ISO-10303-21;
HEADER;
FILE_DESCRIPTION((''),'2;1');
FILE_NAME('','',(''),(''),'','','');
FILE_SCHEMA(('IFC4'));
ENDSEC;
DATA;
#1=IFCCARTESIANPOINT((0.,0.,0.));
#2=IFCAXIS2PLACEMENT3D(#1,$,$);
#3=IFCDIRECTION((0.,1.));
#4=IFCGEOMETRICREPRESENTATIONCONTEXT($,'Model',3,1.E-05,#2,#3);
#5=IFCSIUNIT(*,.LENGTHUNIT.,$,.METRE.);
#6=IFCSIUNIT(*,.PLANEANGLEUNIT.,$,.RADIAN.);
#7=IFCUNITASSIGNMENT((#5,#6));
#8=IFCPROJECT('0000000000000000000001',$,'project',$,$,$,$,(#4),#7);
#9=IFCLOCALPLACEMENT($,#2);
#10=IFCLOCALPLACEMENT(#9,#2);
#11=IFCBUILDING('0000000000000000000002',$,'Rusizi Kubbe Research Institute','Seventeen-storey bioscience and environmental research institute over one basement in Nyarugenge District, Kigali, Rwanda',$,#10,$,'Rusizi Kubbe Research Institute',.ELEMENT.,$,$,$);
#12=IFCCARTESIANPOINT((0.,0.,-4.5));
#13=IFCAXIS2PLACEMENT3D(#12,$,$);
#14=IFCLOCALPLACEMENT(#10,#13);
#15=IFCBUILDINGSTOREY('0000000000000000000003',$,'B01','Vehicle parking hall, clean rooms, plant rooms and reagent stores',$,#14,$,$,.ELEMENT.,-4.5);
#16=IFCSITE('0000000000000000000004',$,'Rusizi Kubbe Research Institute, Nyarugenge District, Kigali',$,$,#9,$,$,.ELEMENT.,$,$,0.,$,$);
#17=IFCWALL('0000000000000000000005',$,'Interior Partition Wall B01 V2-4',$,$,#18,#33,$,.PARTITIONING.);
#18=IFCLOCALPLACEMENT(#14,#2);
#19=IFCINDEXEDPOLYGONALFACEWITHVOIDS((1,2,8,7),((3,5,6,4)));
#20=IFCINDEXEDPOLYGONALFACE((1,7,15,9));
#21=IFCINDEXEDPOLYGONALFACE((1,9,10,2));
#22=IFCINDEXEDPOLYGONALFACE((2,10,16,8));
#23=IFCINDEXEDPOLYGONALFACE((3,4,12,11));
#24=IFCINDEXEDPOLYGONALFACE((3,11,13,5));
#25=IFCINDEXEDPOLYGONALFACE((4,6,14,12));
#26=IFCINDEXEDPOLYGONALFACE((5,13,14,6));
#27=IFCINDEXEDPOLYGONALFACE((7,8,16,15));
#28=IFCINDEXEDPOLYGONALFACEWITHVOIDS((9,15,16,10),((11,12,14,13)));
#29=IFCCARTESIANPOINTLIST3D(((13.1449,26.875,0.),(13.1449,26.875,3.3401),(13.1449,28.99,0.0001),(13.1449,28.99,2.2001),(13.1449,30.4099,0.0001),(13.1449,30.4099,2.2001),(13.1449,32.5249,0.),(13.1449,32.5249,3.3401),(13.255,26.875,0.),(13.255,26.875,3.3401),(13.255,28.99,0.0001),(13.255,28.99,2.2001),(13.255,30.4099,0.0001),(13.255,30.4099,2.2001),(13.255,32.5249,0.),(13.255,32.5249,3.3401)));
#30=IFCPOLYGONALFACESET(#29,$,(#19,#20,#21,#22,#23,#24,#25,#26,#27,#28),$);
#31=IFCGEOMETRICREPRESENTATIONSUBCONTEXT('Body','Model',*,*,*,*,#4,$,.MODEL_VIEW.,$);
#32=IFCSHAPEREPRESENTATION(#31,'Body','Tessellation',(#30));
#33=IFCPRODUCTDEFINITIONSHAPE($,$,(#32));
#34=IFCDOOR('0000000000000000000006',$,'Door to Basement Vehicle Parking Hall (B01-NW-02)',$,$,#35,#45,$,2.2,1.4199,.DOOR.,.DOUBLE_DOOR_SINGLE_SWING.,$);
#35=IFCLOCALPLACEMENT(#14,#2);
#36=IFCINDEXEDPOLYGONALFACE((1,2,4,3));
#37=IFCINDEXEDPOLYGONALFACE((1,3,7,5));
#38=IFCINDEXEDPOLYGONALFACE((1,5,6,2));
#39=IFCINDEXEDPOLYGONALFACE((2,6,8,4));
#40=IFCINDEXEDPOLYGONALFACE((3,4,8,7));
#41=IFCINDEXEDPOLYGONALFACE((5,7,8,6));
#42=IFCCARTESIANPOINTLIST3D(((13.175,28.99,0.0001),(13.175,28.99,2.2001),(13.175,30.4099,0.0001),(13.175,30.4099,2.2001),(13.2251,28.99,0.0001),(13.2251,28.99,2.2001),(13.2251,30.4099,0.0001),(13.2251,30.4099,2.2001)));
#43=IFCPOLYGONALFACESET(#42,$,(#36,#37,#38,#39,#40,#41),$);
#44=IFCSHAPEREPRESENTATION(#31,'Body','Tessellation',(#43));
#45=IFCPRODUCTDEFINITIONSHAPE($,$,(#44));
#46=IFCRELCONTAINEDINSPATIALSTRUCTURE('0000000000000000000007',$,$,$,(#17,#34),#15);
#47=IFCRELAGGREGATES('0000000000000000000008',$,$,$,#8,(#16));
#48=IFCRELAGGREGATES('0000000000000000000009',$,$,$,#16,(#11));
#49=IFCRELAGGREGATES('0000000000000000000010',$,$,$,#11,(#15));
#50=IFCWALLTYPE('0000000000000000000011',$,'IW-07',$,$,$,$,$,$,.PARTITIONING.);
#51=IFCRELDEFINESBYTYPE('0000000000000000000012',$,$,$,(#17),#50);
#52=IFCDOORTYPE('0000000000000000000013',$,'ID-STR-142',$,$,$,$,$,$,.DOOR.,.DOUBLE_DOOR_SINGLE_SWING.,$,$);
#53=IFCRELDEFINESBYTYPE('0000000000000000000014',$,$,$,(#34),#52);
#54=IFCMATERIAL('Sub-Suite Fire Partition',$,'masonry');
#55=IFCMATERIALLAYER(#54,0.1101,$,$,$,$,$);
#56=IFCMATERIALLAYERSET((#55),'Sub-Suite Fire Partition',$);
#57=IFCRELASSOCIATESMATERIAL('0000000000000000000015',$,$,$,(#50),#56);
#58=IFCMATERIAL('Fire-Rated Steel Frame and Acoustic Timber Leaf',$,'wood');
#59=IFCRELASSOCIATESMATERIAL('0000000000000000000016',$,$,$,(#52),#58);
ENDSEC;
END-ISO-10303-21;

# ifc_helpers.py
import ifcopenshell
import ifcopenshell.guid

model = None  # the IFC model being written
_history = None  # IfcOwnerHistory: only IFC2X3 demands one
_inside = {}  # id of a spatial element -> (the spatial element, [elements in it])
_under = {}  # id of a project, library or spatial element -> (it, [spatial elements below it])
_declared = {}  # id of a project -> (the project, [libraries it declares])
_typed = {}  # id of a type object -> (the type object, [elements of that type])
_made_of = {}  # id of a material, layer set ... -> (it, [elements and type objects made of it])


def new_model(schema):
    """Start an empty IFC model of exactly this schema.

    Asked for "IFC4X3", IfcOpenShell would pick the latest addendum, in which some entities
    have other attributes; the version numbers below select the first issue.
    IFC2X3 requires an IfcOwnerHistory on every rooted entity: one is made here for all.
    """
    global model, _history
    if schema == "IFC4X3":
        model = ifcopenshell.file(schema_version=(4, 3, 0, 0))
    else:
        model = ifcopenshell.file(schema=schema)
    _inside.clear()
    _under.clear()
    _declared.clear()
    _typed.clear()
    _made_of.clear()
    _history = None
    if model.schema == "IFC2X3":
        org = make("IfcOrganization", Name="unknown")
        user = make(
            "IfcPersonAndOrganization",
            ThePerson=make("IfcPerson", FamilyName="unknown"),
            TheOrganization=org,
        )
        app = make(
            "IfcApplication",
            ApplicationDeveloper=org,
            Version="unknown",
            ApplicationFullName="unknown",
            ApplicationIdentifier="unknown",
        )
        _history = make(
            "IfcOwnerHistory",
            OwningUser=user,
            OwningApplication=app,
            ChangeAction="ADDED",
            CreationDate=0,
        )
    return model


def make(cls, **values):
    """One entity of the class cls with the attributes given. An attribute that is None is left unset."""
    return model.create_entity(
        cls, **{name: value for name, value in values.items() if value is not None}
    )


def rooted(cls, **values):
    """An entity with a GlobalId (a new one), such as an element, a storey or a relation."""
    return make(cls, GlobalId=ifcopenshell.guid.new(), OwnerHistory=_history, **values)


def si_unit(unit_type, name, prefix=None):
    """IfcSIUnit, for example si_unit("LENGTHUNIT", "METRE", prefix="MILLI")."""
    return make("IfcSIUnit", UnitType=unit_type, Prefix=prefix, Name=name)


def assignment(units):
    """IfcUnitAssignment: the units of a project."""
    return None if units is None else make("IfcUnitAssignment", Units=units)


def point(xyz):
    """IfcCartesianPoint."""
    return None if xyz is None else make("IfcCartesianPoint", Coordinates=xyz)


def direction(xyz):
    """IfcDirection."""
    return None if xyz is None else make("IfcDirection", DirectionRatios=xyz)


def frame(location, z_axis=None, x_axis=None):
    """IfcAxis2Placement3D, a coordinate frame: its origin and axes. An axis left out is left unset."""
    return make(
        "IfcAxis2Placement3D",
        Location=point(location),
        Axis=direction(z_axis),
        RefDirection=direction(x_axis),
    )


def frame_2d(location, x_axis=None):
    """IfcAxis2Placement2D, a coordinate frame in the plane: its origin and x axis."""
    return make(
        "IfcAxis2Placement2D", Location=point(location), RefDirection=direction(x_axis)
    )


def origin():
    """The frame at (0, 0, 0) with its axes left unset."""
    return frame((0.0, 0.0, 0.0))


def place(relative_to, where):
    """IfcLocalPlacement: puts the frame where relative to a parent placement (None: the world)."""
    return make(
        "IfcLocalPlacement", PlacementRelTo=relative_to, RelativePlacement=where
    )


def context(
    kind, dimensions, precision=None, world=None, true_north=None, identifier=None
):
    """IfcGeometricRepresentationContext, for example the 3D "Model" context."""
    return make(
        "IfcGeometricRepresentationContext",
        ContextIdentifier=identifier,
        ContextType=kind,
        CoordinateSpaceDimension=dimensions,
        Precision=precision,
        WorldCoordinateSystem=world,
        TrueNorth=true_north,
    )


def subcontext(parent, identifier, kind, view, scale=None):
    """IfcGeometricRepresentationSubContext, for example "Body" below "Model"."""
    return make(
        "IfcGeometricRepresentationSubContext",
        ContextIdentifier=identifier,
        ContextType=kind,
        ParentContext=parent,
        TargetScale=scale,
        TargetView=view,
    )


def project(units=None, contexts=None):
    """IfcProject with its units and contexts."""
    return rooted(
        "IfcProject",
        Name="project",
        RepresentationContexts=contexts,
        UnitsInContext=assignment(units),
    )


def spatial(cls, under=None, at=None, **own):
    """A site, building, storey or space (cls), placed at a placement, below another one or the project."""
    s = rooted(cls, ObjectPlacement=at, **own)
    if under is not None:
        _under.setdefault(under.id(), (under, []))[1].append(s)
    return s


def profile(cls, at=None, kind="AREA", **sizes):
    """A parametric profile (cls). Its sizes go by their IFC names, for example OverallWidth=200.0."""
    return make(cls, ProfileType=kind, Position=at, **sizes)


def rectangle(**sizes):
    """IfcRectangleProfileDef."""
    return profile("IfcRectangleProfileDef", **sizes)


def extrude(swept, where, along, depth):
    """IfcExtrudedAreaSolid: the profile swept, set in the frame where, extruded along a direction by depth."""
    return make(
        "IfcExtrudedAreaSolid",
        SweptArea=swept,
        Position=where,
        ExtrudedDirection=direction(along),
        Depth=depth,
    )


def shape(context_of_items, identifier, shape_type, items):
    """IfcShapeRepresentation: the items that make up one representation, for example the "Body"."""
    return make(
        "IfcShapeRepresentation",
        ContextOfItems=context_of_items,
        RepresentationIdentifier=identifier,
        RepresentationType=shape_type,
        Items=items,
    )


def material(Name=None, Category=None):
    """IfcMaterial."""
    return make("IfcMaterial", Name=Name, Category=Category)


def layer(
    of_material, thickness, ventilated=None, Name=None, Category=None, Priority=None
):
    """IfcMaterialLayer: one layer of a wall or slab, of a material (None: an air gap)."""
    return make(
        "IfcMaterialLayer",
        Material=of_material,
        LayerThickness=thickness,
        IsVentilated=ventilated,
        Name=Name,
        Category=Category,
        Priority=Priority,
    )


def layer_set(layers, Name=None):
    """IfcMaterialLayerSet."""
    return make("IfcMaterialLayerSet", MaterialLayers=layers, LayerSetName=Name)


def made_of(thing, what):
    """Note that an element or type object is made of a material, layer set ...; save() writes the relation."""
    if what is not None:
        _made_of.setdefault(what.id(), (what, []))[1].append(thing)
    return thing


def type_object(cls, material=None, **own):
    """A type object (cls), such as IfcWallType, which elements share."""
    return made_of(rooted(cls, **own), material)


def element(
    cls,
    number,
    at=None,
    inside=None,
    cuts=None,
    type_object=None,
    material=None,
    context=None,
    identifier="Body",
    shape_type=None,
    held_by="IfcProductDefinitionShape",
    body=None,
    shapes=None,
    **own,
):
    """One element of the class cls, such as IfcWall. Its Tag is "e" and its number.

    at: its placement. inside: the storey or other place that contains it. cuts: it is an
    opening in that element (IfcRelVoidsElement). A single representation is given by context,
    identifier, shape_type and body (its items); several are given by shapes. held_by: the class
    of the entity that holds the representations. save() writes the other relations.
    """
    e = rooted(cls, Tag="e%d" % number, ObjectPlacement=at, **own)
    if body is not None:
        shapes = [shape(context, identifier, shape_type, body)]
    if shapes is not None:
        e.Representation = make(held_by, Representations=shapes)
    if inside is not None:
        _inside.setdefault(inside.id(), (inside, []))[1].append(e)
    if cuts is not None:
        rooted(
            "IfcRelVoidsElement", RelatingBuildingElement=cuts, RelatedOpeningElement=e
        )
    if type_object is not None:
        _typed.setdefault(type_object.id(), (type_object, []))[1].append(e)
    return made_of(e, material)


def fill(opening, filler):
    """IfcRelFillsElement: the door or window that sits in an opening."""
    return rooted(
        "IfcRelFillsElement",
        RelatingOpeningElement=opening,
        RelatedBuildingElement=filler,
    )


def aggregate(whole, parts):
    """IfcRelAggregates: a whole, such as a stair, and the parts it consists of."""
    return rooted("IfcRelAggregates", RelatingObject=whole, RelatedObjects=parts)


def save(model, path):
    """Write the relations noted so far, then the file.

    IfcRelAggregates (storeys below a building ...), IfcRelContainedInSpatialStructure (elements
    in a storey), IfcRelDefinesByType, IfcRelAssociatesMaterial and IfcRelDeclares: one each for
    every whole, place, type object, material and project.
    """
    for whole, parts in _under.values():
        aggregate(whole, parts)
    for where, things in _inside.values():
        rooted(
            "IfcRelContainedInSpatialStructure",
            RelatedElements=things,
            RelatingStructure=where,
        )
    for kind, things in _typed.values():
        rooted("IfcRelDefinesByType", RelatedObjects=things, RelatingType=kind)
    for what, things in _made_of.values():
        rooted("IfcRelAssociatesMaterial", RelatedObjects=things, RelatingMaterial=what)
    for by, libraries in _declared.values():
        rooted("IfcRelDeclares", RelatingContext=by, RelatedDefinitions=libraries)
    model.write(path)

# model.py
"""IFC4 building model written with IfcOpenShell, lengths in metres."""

from ifc_helpers import new_model, si_unit, direction, frame, frame_2d, origin, place, context, subcontext, project, spatial, rectangle, extrude, material, layer, layer_set, type_object, element, fill, save


model = new_model("IFC4")

# Units and contexts
model_context = context("Model", 3, precision=1e-05, world=origin(), true_north=direction((0.0, 1.0)))
body_context = subcontext(model_context, "Body", "Model", "MODEL_VIEW")
ifc_project = project(units=[si_unit("LENGTHUNIT", "METRE"), si_unit("PLANEANGLEUNIT", "RADIAN")], contexts=[model_context])

# Site, building, storey
site_placement = place(None, origin())
site = spatial("IfcSite", under=ifc_project, at=site_placement, Name="Rusizi Kubbe Research Institute, Nyarugenge District, Kigali", CompositionType="ELEMENT", RefElevation=0.0)
building_placement = place(site_placement, origin())
building = spatial("IfcBuilding", under=site, at=building_placement, Name="Rusizi Kubbe Research Institute", Description="Seventeen-storey bioscience and environmental research institute over one basement in Nyarugenge District, Kigali, Rwanda", LongName="Rusizi Kubbe Research Institute", CompositionType="ELEMENT")
storey_placement = place(building_placement, frame((0.0, 0.0, -4.5)))
storey = spatial("IfcBuildingStorey", under=building, at=storey_placement, Name="B01", Description="Vehicle parking hall, clean rooms, plant rooms and reagent stores", CompositionType="ELEMENT", Elevation=-4.5)

# Wall, opening, door
ifc_material_1 = material(Name="Sub-Suite Fire Partition", Category="masonry")
ifc_layer_1 = layer(ifc_material_1, 0.1101)
ifc_layer_set_1 = layer_set([ifc_layer_1], Name="Sub-Suite Fire Partition")
wall_type_1 = type_object("IfcWallType", Name="IW-07", PredefinedType="PARTITIONING", material=ifc_layer_set_1)
wall_1_placement = place(storey_placement, frame((13.2, 26.875, 0.0), z_axis=(0.0, 0.0, 1.0), x_axis=(0.0, 1.0, 0.0)))
wall_1 = element("IfcWall", 1, at=wall_1_placement, inside=storey, type_object=wall_type_1, Name="Interior Partition Wall B01 V2-4", PredefinedType="PARTITIONING", context=body_context, shape_type="SweptSolid", body=[
    extrude(rectangle(XDim=5.6499, YDim=0.1101, at=frame_2d((2.825, 0.0))), origin(), (0.0, 0.0, 1.0), 3.3401),
])
opening_1_placement = place(wall_1_placement, frame((2.115, 0.0, 0.0)))
opening_1 = element("IfcOpeningElement", 2, at=opening_1_placement, cuts=wall_1, PredefinedType="OPENING", context=body_context, shape_type="SweptSolid", body=[
    extrude(rectangle(XDim=1.4199, YDim=2.2, at=frame_2d((0.71, 1.1001))), frame((0.0, 0.0649, 0.0), z_axis=(0.0, -1.0, 0.0), x_axis=(1.0, 0.0, 0.0)), (0.0, 0.0, 1.0), 0.1301),
])
ifc_material_2 = material(Name="Fire-Rated Steel Frame and Acoustic Timber Leaf", Category="wood")
door_type_1 = type_object("IfcDoorType", Name="ID-STR-142", OperationType="DOUBLE_DOOR_SINGLE_SWING", PredefinedType="DOOR", material=ifc_material_2)
door_1_placement = place(opening_1_placement, origin())
door_1 = element("IfcDoor", 3, at=door_1_placement, inside=storey, type_object=door_type_1, Name="Door to Basement Vehicle Parking Hall (B01-NW-02)", OperationType="DOUBLE_DOOR_SINGLE_SWING", OverallHeight=2.2, OverallWidth=1.4199, PredefinedType="DOOR", context=body_context, shape_type="SweptSolid", body=[
    extrude(rectangle(XDim=1.4199, YDim=2.2, at=frame_2d((0.71, 1.1001))), frame((0.0, 0.0249, 0.0), z_axis=(0.0, -1.0, 0.0), x_axis=(1.0, 0.0, 0.0)), (0.0, 0.0, 1.0), 0.05),
])
fill(opening_1, door_1)

save(model, "model.ifc")
